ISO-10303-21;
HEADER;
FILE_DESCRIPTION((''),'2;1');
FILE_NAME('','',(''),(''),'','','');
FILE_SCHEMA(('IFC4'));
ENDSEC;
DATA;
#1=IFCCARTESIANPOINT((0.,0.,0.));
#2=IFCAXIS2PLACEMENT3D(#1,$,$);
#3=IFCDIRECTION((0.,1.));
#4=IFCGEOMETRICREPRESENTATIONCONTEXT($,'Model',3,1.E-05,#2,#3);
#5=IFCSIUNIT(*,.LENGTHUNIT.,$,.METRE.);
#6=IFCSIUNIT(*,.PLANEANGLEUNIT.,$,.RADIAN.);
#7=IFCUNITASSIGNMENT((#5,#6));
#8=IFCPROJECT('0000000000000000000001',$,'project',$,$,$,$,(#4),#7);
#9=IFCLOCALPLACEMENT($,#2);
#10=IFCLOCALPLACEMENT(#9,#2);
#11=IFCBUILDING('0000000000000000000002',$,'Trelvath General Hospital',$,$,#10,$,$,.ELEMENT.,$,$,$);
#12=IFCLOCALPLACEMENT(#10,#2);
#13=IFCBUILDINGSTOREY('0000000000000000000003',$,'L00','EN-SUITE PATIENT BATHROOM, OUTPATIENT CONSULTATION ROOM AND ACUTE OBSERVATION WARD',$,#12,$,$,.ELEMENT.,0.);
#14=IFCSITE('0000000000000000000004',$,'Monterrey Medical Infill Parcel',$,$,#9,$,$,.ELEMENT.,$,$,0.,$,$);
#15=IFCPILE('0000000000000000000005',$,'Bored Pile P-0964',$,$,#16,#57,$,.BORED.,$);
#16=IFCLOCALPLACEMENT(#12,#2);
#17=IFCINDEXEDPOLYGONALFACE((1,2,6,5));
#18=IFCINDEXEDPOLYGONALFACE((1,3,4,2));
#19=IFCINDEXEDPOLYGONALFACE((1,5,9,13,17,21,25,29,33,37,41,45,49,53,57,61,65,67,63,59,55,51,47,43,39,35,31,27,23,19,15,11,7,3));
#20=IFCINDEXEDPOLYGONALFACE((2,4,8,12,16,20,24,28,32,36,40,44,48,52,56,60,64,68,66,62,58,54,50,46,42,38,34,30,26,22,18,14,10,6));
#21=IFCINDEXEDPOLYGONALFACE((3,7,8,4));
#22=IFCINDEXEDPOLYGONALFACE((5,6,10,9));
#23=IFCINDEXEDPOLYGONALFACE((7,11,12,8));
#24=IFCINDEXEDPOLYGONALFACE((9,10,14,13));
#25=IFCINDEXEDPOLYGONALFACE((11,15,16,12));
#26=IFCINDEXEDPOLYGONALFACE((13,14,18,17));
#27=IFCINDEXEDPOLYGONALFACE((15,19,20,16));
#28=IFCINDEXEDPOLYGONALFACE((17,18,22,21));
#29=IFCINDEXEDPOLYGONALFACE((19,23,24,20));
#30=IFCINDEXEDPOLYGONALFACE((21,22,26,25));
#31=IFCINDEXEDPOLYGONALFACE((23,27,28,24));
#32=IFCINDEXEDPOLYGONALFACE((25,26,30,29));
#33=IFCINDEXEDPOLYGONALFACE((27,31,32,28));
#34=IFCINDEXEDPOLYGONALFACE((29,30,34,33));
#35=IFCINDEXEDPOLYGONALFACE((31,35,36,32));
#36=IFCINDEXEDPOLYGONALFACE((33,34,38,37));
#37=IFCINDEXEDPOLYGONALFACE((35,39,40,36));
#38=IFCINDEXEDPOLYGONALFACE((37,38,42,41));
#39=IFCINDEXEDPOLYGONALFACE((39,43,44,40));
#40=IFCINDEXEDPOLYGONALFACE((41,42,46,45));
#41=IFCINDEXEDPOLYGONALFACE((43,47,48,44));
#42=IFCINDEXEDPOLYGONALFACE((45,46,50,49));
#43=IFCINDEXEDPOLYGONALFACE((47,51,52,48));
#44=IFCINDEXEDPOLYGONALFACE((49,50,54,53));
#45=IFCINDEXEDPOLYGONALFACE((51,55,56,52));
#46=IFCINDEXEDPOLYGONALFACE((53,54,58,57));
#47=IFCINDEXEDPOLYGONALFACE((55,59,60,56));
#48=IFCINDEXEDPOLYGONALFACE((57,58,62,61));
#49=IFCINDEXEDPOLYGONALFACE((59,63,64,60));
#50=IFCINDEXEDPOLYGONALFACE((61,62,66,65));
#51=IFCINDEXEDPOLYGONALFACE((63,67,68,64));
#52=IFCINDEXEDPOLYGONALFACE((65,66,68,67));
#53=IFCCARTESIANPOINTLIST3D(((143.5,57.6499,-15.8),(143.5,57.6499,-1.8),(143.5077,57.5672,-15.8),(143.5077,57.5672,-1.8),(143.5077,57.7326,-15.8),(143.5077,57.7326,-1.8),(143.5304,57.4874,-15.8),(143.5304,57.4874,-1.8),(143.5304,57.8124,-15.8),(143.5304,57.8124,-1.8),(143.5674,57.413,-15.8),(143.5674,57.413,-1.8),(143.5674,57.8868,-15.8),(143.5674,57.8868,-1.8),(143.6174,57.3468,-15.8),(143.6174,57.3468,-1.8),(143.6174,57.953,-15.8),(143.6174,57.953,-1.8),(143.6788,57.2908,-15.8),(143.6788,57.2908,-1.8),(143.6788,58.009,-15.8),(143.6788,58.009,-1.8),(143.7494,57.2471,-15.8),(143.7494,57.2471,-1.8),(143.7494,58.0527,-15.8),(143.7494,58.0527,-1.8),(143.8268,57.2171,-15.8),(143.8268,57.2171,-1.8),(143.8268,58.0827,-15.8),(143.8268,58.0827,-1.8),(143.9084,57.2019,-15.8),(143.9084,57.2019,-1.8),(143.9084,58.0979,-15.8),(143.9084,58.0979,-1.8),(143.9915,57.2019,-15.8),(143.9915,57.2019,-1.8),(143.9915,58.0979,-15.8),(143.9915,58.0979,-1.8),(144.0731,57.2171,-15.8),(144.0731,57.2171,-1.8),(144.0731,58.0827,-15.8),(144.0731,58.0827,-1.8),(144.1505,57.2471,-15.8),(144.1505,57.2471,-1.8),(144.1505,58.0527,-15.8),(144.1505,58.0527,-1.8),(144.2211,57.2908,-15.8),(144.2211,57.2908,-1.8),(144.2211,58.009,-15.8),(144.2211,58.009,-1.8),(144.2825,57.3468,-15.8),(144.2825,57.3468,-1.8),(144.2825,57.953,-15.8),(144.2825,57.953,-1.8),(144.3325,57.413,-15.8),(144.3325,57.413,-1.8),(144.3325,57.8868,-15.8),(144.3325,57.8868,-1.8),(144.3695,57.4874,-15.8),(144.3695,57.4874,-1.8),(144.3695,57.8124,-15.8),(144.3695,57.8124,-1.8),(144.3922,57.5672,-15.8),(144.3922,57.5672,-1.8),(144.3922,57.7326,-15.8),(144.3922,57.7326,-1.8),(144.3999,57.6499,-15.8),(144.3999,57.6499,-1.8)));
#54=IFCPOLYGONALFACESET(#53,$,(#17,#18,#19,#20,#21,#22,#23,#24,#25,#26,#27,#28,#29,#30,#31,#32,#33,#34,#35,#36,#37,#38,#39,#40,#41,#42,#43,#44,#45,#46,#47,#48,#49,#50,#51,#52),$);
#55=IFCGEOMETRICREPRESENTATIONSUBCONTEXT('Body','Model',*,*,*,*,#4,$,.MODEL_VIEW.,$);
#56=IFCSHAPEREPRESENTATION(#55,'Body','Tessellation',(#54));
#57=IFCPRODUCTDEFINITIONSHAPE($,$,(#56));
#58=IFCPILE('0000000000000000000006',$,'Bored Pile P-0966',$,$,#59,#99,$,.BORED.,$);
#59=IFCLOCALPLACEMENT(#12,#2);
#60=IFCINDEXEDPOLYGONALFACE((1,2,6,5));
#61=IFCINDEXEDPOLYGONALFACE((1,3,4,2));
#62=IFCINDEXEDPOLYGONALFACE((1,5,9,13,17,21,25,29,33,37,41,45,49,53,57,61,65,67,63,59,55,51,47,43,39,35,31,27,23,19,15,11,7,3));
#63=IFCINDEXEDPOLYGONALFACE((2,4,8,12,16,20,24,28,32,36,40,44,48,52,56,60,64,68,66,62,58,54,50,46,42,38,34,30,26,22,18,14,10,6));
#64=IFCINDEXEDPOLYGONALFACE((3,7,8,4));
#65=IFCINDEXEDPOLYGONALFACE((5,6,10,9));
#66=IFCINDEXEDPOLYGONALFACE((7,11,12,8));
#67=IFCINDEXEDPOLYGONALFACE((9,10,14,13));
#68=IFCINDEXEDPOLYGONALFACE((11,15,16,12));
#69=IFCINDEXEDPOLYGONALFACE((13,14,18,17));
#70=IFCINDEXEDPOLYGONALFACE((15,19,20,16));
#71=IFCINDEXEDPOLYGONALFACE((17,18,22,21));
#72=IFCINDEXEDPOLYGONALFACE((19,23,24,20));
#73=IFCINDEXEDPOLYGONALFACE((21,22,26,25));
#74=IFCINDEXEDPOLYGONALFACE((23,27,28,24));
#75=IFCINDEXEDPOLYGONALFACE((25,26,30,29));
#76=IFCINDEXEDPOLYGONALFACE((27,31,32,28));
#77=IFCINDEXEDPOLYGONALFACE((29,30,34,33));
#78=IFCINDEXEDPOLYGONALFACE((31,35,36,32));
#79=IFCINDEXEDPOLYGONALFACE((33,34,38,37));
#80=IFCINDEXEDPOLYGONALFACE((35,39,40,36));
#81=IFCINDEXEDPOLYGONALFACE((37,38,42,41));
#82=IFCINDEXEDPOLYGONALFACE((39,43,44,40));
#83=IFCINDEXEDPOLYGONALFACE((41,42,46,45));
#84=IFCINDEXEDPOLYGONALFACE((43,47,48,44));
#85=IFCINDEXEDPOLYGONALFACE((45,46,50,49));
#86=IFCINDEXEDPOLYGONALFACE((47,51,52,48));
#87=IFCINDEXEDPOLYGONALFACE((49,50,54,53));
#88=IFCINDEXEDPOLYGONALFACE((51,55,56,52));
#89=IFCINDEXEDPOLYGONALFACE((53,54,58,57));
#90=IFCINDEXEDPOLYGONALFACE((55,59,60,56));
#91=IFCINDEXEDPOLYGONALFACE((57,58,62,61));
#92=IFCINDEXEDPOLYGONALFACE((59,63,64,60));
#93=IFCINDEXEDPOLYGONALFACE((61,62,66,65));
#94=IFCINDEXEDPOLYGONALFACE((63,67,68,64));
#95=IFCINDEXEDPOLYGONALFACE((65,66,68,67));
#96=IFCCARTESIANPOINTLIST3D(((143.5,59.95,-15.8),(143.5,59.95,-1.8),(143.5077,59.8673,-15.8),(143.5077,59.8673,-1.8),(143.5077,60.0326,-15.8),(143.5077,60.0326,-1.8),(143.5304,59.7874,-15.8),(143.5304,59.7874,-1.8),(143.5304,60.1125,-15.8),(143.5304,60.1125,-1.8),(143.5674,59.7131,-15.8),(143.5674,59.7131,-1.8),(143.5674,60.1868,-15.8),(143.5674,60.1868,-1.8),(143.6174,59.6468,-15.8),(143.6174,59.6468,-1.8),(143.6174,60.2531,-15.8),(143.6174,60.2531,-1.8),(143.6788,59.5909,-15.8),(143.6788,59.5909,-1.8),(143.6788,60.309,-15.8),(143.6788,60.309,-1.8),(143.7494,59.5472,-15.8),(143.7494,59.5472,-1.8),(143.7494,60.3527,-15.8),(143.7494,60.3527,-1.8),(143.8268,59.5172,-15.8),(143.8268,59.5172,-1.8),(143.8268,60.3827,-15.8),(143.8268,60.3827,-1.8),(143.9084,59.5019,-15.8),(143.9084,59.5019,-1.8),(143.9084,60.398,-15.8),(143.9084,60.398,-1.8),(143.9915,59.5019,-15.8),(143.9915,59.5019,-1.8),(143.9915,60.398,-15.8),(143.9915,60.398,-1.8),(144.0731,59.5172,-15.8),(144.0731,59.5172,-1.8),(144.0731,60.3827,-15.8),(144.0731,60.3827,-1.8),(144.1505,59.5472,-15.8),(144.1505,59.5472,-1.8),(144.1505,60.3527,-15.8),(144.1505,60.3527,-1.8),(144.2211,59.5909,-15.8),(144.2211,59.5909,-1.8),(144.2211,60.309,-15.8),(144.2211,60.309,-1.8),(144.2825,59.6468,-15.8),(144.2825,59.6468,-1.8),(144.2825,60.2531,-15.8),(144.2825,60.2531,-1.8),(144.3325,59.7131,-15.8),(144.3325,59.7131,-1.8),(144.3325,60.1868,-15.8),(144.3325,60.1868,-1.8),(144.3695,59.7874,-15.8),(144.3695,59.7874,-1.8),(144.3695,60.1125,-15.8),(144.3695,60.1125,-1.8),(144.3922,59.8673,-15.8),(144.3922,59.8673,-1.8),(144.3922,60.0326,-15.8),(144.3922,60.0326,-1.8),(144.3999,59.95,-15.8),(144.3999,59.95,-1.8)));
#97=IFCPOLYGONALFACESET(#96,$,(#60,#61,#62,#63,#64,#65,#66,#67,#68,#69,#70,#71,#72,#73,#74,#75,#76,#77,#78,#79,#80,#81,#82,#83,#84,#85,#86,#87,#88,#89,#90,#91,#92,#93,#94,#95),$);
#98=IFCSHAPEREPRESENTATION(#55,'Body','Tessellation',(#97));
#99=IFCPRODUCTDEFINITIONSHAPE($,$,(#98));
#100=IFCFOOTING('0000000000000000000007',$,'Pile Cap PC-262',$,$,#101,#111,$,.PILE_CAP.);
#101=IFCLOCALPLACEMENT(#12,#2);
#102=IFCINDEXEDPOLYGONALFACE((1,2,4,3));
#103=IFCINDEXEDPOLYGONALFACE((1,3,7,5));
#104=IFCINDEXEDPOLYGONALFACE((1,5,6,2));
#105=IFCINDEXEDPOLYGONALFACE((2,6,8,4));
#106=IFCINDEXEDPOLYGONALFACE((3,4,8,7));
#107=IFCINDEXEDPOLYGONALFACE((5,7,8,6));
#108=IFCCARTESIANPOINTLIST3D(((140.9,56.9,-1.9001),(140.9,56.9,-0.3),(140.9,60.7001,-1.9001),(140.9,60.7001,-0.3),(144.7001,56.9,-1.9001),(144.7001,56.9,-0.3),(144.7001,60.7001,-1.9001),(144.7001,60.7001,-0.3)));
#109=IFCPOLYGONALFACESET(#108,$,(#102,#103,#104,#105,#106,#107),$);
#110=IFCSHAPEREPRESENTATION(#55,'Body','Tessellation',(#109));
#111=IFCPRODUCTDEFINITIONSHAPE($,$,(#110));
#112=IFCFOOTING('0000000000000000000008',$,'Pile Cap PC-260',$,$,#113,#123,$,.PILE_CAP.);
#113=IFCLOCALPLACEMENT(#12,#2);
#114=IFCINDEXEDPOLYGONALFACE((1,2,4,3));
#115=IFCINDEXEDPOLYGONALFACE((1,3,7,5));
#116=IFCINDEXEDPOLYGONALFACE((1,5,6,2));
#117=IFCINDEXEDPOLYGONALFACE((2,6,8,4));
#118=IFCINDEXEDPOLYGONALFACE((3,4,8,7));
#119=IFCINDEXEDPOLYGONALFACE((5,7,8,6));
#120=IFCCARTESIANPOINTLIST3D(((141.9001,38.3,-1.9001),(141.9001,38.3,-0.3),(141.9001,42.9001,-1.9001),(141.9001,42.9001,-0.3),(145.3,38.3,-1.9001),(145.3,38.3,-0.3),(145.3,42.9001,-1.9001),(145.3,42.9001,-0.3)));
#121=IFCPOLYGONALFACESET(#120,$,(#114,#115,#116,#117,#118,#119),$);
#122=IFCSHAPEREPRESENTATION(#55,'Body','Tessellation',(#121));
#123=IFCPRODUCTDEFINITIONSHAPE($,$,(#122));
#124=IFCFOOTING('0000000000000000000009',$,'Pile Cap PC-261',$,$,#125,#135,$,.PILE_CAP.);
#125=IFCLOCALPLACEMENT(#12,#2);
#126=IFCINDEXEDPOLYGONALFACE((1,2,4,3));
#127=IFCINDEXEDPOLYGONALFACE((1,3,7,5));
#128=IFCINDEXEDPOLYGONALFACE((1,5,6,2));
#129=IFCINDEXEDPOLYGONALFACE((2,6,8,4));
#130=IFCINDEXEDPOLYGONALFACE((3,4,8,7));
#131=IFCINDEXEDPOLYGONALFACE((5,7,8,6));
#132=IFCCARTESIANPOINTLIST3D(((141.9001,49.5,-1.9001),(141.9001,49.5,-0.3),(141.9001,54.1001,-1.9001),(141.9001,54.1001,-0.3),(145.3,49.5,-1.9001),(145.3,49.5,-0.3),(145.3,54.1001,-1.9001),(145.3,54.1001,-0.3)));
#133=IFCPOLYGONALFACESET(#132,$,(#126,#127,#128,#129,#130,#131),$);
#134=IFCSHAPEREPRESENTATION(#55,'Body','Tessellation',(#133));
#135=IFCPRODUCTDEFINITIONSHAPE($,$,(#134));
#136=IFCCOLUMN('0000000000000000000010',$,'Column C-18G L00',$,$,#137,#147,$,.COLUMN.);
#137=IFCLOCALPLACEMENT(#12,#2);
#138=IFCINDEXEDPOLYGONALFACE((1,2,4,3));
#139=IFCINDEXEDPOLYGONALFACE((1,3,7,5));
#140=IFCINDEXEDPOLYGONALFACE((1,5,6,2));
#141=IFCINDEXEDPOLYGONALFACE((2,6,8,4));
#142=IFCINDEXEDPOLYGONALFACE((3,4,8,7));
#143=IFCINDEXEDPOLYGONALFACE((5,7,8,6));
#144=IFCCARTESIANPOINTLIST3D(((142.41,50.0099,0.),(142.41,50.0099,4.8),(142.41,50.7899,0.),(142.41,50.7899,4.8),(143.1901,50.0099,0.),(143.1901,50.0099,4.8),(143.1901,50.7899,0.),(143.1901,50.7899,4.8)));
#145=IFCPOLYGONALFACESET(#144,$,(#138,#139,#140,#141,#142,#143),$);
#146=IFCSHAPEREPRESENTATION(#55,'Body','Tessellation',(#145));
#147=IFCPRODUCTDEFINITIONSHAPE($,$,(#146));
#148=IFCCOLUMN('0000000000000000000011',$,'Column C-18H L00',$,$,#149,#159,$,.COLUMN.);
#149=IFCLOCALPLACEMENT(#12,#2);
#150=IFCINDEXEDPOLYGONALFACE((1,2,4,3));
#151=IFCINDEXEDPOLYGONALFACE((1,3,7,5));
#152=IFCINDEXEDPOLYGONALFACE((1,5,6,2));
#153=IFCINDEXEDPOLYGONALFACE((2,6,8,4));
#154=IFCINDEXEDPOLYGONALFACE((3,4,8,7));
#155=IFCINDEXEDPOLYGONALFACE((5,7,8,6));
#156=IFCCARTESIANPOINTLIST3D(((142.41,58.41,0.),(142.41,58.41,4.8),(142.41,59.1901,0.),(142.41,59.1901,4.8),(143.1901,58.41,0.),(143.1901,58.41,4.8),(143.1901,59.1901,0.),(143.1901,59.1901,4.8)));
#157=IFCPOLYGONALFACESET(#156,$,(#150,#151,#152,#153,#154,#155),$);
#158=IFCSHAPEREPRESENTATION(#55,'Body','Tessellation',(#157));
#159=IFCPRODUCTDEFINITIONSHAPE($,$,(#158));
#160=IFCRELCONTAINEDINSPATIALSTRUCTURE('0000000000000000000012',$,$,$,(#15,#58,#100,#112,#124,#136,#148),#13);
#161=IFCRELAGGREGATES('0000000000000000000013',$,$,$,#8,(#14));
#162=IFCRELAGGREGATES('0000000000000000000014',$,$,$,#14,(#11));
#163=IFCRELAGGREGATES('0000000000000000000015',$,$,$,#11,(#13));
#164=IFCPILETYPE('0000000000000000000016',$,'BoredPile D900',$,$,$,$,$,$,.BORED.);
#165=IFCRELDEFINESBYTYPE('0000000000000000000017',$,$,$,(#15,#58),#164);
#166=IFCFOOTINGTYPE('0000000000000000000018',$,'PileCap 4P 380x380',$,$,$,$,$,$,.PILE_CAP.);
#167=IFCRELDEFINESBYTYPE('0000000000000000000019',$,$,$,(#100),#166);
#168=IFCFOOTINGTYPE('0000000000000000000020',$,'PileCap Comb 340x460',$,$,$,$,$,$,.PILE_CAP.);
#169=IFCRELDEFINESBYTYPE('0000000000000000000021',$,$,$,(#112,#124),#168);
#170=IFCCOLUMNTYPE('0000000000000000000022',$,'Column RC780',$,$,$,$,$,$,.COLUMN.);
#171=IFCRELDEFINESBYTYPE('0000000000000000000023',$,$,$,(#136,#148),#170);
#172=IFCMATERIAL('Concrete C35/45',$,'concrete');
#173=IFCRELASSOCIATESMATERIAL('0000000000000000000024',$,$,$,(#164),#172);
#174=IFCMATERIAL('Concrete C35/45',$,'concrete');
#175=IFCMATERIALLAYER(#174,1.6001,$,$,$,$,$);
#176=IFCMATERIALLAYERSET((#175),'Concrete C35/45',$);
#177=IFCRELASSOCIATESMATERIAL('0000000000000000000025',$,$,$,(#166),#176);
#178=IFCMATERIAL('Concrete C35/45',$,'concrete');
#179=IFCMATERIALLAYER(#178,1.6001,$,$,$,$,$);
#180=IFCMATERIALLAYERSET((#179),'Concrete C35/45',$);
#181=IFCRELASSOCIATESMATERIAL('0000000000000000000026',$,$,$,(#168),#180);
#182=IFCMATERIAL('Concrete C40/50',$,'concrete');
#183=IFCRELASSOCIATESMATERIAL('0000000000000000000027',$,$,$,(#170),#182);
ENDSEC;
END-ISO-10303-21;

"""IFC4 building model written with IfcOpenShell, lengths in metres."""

from ifc_helpers import new_model, si_unit, direction, frame, origin, origin_2d, place, context, subcontext, project, spatial, rectangle, circle, extrude, material, layer, layer_set, material_profile, profile_set, type_object, element, save


model = new_model("IFC4")

# Units and contexts
model_context = context("Model", 3, precision=1e-05, world=origin(), true_north=direction((0.0, 1.0)))
body_context = subcontext(model_context, "Body", "Model", "MODEL_VIEW")
ifc_project = project(units=[si_unit("LENGTHUNIT", "METRE"), si_unit("PLANEANGLEUNIT", "RADIAN")], contexts=[model_context])

# Site, building, storey
site_placement = place(None, origin())
site = spatial("IfcSite", under=ifc_project, at=site_placement, Name="Monterrey Medical Infill Parcel", CompositionType="ELEMENT", RefElevation=0.0)
building_placement = place(site_placement, origin())
building = spatial("IfcBuilding", under=site, at=building_placement, Name="Trelvath General Hospital", CompositionType="ELEMENT")
storey_placement = place(building_placement, origin())
storey = spatial("IfcBuildingStorey", under=building, at=storey_placement, Name="L00", Description="EN-SUITE PATIENT BATHROOM, OUTPATIENT CONSULTATION ROOM AND ACUTE OBSERVATION WARD", CompositionType="ELEMENT", Elevation=0.0)

# Piles
ifc_material_1 = material(Name="Concrete C35/45", Category="concrete")
ifc_material_profile_1 = material_profile(ifc_material_1, circle(Radius=0.45, at=origin_2d()), Name="PILE900")
ifc_profile_set_1 = profile_set([ifc_material_profile_1], Name="Concrete C35/45")
pile_type = type_object("IfcPileType", Name="BoredPile D900", PredefinedType="BORED", material=ifc_profile_set_1)
for number, where, z_axis, x_axis, name in (
    (1, (143.95, 57.6499, -1.8), (0.0, 0.0, -1.0), (1.0, 0.0, 0.0), "Bored Pile P-0964"),
    (2, (143.95, 59.95, -1.8), (0.0, 0.0, -1.0), (1.0, 0.0, 0.0), "Bored Pile P-0966"),
):
    element("IfcPile", number, at=place(storey_placement, frame(where, z_axis=z_axis, x_axis=x_axis)), inside=storey, type_object=pile_type, Name=name, PredefinedType="BORED", context=body_context, shape_type="SweptSolid", body=[
        extrude(circle(Radius=0.45, at=origin_2d()), origin(), (0.0, 0.0, 1.0), 14.0),
    ])

# Footings
ifc_material_2 = material(Name="Concrete C35/45", Category="concrete")
ifc_layer_1 = layer(ifc_material_2, 1.6001)
ifc_layer_set_1 = layer_set([ifc_layer_1], Name="Concrete C35/45")
footing_type_1 = type_object("IfcFootingType", Name="PileCap 4P 380x380", PredefinedType="PILE_CAP", material=ifc_layer_set_1)
footing_placement = place(storey_placement, frame((142.8, 58.8, -1.9001), z_axis=(0.0, 0.0, 1.0), x_axis=(1.0, 0.0, 0.0)))
element("IfcFooting", 3, at=footing_placement, inside=storey, type_object=footing_type_1, Name="Pile Cap PC-262", PredefinedType="PILE_CAP", context=body_context, shape_type="SweptSolid", body=[
    extrude(rectangle(XDim=3.8, YDim=3.8, at=origin_2d()), origin(), (0.0, 0.0, 1.0), 1.6001),
])
ifc_material_3 = material(Name="Concrete C35/45", Category="concrete")
ifc_layer_2 = layer(ifc_material_3, 1.6001)
ifc_layer_set_2 = layer_set([ifc_layer_2], Name="Concrete C35/45")
footing_type_2 = type_object("IfcFootingType", Name="PileCap Comb 340x460", PredefinedType="PILE_CAP", material=ifc_layer_set_2)
for number, where, z_axis, x_axis, name in (
    (4, (143.6001, 40.6001, -1.9001), (0.0, 0.0, 1.0), (1.0, 0.0, 0.0), "Pile Cap PC-260"),
    (5, (143.6001, 51.8, -1.9001), (0.0, 0.0, 1.0), (1.0, 0.0, 0.0), "Pile Cap PC-261"),
):
    element("IfcFooting", number, at=place(storey_placement, frame(where, z_axis=z_axis, x_axis=x_axis)), inside=storey, type_object=footing_type_2, Name=name, PredefinedType="PILE_CAP", context=body_context, shape_type="SweptSolid", body=[
        extrude(rectangle(XDim=3.3999, YDim=4.6001, at=origin_2d()), origin(), (0.0, 0.0, 1.0), 1.6001),
    ])

# Columns
ifc_material_4 = material(Name="Concrete C40/50", Category="concrete")
ifc_material_profile_2 = material_profile(ifc_material_4, rectangle(XDim=0.78, YDim=0.78, at=origin_2d()), Name="RC780x780")
ifc_profile_set_2 = profile_set([ifc_material_profile_2], Name="Concrete C40/50")
column_type_1 = type_object("IfcColumnType", Name="Column RC780", PredefinedType="COLUMN", material=ifc_profile_set_2)
for number, where, z_axis, x_axis, name in (
    (6, (142.8, 50.3999, 0.0), (0.0, 0.0, 1.0), (1.0, 0.0, 0.0), "Column C-18G L00"),
    (7, (142.8, 58.8, 0.0), (0.0, 0.0, 1.0), (1.0, 0.0, 0.0), "Column C-18H L00"),
):
    element("IfcColumn", number, at=place(storey_placement, frame(where, z_axis=z_axis, x_axis=x_axis)), inside=storey, type_object=column_type_1, Name=name, PredefinedType="COLUMN", context=body_context, shape_type="SweptSolid", body=[
        extrude(rectangle(XDim=0.78, YDim=0.78, at=origin_2d()), origin(), (0.0, 0.0, 1.0), 4.8),
    ])

save(model, "model.ifc")
